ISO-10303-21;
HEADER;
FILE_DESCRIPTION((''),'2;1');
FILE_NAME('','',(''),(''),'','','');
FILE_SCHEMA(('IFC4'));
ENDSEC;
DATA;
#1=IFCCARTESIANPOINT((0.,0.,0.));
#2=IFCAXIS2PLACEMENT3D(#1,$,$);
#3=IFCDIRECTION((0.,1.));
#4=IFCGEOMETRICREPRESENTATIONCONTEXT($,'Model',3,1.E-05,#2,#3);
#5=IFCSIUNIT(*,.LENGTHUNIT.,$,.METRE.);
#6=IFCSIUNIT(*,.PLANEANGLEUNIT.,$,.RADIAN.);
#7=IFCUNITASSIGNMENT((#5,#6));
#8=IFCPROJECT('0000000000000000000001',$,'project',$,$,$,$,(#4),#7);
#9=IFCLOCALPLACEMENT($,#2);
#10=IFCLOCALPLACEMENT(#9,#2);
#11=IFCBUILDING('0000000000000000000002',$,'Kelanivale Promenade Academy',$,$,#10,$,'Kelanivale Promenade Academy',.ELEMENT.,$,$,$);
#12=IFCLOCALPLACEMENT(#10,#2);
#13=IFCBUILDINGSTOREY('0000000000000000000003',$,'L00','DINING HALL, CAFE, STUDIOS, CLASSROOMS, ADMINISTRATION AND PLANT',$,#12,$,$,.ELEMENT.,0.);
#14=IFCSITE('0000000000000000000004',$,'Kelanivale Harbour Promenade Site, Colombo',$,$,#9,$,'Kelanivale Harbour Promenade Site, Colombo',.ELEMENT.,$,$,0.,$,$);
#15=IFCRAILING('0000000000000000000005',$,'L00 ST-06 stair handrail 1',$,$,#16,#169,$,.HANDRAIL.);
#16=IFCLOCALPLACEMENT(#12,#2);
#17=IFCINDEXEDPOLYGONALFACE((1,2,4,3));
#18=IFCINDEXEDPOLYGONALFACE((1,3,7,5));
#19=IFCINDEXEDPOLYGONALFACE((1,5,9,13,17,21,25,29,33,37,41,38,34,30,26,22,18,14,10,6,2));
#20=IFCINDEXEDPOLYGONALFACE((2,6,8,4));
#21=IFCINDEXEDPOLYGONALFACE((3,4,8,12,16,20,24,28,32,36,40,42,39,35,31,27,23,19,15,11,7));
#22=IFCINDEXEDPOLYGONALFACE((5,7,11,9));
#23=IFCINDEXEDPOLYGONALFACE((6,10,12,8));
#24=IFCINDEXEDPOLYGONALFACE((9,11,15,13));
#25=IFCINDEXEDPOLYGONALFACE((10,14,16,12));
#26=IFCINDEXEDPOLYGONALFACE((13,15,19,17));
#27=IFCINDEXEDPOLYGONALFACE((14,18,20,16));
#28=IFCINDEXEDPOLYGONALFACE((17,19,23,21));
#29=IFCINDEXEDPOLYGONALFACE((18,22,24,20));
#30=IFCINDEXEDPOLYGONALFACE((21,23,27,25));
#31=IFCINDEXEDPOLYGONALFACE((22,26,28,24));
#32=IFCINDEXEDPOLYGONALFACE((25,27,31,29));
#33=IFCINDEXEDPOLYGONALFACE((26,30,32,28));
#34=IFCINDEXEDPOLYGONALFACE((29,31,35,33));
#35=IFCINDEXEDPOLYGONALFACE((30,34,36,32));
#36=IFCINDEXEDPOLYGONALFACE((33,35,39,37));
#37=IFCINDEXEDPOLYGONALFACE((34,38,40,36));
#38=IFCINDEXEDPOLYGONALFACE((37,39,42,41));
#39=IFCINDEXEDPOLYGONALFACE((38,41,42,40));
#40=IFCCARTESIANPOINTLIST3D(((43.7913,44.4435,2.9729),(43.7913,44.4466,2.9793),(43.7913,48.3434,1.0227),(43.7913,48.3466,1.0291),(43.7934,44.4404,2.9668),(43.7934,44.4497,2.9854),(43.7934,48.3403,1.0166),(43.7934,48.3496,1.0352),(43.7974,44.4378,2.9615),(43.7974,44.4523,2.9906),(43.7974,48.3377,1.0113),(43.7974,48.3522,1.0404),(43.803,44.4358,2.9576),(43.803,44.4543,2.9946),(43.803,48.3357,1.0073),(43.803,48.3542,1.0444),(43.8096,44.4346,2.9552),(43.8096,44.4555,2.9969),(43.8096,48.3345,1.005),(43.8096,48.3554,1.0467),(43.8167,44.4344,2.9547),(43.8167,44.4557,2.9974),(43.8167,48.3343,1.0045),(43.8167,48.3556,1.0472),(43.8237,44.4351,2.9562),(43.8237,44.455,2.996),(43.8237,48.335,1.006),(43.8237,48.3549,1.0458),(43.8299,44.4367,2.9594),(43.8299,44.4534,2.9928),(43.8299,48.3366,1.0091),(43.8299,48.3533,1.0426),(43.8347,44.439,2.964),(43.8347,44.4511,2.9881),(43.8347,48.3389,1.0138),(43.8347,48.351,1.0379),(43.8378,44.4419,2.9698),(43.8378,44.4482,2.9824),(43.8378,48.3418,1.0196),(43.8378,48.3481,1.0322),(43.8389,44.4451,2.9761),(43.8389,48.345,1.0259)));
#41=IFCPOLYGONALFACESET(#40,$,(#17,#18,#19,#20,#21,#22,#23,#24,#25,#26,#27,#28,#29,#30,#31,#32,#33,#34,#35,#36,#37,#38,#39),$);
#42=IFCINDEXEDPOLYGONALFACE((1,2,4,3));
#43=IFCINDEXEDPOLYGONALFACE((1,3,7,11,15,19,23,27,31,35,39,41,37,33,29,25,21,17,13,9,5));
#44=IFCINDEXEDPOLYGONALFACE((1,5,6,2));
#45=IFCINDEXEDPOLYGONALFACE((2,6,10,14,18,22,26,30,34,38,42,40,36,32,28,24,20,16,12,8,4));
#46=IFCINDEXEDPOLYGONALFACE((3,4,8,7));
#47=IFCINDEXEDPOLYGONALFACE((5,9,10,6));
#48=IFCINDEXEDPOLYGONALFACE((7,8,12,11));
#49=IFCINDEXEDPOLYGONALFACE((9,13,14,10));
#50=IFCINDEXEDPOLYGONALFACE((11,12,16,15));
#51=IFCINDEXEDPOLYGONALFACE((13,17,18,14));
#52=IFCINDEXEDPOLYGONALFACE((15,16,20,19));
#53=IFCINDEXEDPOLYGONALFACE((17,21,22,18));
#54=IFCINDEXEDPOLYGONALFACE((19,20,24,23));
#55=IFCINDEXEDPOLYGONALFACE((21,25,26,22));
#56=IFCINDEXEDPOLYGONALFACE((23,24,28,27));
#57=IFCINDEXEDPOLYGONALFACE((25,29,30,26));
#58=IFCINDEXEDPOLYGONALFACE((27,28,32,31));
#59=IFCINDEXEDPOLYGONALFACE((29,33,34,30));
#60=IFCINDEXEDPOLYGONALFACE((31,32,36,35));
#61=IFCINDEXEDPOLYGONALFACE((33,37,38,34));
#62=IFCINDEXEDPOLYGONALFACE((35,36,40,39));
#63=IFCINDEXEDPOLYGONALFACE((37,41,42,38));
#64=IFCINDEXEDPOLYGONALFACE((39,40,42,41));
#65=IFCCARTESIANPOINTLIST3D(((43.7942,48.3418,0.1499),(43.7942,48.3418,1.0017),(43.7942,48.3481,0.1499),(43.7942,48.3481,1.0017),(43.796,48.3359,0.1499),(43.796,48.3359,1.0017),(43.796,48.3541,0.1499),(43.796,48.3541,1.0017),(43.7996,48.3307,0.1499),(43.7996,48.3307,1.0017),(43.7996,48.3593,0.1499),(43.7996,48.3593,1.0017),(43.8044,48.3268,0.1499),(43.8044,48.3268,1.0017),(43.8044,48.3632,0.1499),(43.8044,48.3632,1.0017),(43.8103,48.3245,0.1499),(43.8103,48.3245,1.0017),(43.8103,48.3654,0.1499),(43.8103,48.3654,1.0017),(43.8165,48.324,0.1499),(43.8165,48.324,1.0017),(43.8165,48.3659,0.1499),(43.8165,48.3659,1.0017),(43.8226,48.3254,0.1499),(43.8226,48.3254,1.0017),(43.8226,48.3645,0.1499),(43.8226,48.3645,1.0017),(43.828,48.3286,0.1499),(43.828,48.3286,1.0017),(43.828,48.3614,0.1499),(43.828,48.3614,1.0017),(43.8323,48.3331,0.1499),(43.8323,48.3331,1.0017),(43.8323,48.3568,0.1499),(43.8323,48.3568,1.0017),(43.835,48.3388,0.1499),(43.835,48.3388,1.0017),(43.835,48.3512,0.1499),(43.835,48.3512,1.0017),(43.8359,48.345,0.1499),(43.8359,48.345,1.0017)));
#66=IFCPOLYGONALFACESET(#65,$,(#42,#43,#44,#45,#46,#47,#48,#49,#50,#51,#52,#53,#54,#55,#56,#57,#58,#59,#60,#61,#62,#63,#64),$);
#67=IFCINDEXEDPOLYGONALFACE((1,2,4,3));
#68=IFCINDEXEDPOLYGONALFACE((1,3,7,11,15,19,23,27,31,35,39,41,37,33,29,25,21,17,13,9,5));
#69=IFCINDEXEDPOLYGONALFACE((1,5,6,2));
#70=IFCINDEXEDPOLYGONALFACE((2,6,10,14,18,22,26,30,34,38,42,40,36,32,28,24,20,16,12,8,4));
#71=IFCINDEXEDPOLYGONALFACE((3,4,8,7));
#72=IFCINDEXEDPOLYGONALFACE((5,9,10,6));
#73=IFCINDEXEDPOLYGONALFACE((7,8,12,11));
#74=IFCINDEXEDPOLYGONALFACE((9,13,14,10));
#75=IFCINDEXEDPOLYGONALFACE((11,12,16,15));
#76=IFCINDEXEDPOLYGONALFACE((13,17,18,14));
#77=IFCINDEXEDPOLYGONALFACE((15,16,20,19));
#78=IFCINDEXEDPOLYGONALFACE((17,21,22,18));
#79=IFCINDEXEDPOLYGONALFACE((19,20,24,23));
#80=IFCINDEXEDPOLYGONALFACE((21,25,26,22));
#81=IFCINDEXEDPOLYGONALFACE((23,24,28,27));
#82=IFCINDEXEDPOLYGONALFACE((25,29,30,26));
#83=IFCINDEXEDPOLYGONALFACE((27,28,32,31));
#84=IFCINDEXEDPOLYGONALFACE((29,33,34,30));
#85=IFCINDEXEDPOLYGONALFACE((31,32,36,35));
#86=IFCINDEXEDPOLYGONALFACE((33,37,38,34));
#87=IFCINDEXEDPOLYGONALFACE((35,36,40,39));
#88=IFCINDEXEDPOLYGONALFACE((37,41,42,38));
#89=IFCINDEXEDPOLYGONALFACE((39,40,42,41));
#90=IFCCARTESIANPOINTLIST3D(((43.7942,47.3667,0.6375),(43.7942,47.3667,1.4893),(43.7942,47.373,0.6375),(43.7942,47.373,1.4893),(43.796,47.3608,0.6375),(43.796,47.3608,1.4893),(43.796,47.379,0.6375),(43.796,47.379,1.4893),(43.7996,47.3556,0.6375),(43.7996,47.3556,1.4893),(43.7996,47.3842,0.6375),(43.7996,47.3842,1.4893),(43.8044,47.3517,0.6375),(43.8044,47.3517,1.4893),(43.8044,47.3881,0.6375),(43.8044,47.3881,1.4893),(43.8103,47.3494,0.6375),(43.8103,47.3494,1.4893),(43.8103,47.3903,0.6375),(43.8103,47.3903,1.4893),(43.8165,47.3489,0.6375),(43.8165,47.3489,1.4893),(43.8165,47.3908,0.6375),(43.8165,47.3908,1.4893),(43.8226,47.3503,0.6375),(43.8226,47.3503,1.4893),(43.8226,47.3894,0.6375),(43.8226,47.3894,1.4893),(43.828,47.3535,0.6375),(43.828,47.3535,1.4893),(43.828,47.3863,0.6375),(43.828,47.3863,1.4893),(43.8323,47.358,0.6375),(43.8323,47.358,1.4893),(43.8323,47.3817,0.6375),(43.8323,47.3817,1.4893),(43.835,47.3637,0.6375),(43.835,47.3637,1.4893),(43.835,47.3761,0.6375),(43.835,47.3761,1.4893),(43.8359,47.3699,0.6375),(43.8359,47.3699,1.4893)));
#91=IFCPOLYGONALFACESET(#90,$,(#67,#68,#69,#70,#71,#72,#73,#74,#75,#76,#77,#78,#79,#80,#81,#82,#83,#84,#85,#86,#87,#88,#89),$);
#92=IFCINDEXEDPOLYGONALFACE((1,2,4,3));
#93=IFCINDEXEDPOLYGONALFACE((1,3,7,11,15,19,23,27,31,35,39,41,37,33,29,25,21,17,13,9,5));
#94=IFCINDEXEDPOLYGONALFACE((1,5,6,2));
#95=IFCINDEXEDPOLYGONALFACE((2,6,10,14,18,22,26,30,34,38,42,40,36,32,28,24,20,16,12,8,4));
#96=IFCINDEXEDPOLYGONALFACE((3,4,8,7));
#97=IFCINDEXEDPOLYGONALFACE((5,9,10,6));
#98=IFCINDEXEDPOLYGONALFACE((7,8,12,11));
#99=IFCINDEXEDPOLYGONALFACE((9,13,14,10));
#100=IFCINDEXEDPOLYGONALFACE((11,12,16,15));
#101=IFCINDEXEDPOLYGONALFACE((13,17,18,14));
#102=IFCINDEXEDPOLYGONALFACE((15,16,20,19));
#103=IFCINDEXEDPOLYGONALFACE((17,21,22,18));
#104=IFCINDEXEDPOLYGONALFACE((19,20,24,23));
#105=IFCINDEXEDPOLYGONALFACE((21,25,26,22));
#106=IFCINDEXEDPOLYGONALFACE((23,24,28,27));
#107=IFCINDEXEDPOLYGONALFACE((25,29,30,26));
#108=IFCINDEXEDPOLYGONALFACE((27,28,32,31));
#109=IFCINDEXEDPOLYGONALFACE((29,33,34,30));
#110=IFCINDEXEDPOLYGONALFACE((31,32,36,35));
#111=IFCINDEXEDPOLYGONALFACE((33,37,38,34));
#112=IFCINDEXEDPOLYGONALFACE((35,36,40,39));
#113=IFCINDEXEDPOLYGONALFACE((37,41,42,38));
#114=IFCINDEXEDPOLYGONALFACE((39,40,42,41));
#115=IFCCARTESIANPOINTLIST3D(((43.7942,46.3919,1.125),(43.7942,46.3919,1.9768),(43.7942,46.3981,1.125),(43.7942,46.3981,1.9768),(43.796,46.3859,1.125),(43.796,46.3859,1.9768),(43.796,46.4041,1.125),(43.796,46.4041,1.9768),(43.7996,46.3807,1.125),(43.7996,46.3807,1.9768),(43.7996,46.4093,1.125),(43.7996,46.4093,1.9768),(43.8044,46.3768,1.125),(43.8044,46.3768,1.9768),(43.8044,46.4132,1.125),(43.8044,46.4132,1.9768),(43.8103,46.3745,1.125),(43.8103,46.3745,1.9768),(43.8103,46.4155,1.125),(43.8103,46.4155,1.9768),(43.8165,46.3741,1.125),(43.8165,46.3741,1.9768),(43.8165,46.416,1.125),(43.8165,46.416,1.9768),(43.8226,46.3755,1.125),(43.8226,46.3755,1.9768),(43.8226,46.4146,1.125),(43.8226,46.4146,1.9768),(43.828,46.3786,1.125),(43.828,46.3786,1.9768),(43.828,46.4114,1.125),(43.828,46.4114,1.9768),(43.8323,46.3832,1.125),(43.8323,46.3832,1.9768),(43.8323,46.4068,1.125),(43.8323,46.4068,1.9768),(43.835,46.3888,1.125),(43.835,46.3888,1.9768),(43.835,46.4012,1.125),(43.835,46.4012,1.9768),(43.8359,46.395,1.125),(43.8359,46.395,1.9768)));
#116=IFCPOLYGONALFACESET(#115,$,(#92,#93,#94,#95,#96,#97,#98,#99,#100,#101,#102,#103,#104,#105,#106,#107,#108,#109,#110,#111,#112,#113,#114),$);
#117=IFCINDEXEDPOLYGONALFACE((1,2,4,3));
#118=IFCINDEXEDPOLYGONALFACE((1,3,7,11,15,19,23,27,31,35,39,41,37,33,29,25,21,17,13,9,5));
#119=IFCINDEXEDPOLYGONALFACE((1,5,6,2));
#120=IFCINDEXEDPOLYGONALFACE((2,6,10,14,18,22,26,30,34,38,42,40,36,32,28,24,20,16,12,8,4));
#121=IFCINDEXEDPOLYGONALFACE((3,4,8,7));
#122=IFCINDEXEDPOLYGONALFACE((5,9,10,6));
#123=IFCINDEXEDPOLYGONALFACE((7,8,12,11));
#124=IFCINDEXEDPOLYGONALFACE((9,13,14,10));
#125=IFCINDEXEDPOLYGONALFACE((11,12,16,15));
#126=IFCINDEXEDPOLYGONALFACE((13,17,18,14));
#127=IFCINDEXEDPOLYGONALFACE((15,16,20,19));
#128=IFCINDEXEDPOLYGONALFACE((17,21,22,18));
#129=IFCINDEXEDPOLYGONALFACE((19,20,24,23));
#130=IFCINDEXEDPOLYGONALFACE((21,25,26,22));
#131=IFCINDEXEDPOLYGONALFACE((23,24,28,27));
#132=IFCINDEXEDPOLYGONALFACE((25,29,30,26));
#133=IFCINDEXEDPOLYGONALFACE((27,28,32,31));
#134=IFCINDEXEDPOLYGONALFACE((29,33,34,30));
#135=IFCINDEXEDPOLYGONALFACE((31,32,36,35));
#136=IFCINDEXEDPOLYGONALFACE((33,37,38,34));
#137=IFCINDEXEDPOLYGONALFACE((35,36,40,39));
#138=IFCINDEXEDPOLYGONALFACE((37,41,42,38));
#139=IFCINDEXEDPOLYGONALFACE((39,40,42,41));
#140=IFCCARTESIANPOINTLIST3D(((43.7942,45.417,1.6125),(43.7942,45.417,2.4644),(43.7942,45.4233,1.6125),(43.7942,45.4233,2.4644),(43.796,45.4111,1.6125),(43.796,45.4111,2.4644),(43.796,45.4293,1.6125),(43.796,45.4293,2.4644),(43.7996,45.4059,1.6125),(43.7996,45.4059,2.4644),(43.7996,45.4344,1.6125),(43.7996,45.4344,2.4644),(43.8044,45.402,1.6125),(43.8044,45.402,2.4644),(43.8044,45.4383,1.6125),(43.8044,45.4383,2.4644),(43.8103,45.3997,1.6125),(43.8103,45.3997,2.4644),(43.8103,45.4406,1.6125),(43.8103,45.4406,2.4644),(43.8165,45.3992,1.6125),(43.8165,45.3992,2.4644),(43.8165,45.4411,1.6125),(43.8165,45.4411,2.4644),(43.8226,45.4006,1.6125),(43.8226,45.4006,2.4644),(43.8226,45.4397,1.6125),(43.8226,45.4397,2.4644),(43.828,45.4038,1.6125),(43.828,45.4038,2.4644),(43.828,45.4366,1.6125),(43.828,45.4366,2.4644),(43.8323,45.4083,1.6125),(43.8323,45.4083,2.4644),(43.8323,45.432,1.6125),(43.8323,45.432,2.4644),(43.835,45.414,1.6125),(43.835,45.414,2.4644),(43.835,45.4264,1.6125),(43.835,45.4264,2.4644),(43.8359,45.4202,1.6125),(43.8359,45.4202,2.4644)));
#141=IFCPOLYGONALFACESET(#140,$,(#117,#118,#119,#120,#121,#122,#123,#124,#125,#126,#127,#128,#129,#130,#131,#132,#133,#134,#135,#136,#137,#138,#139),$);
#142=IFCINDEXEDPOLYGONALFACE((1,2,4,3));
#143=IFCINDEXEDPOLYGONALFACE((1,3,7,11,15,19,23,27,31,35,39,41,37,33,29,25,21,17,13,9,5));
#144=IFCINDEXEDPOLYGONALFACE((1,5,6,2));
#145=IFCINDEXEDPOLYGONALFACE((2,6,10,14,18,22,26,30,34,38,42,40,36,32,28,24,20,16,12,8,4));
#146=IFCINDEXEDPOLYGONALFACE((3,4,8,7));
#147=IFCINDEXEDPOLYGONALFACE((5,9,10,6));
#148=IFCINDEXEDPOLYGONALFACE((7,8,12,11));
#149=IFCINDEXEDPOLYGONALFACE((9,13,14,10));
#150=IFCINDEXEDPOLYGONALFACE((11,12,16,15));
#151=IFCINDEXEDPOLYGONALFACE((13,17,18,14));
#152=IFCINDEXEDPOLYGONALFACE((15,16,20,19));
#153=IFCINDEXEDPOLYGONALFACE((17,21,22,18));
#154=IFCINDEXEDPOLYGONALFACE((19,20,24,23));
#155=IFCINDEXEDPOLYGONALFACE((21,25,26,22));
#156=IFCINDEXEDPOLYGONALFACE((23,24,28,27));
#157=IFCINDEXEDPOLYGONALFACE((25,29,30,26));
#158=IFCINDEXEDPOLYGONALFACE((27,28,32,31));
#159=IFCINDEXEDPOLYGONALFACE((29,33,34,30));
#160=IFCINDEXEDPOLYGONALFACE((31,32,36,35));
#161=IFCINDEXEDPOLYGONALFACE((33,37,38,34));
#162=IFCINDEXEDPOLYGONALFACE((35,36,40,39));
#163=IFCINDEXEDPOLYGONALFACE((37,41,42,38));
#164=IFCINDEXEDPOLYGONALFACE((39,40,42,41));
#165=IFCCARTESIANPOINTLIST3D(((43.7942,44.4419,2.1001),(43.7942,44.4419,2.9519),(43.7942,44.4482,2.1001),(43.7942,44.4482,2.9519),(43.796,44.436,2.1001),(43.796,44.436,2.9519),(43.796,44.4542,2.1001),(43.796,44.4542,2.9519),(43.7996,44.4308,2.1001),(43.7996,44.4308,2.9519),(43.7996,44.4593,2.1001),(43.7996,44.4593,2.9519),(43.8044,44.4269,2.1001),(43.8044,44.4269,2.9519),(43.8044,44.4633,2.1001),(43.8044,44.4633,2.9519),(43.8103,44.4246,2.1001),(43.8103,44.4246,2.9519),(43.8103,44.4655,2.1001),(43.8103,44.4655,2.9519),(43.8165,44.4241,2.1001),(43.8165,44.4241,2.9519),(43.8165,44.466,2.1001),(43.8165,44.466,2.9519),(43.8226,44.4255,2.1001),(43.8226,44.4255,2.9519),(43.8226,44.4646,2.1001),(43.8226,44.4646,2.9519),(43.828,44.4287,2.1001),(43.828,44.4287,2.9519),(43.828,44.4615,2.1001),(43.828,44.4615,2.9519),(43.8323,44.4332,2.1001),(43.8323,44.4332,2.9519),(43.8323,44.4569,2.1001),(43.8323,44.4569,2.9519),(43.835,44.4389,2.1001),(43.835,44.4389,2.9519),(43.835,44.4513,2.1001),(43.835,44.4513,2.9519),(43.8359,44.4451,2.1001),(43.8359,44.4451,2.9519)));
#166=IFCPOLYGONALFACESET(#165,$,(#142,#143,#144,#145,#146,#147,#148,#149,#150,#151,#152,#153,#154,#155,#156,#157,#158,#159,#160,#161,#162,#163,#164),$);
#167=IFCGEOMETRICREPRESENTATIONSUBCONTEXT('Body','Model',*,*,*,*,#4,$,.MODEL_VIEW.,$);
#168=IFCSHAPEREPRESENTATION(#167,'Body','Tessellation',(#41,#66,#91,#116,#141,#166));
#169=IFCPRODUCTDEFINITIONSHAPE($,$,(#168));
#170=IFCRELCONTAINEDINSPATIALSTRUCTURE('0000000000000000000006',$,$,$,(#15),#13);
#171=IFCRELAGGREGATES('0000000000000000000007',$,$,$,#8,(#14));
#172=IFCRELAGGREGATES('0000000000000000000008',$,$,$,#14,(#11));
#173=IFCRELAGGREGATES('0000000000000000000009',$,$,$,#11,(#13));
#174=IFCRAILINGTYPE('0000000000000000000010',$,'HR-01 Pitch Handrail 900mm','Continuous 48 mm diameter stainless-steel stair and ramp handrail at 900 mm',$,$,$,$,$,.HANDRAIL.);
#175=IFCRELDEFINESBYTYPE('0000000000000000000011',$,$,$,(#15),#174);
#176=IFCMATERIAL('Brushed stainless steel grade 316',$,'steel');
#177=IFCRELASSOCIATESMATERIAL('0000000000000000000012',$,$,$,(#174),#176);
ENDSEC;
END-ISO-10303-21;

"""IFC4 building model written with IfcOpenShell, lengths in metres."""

from ifc_helpers import new_model, si_unit, direction, frame, origin, origin_2d, place, context, subcontext, project, spatial, circle, extrude, material, type_object, element, save


model = new_model("IFC4")

# Units and contexts
model_context = context("Model", 3, precision=1e-05, world=origin(), true_north=direction((0.0, 1.0)))
body_context = subcontext(model_context, "Body", "Model", "MODEL_VIEW")
ifc_project = project(units=[si_unit("LENGTHUNIT", "METRE"), si_unit("PLANEANGLEUNIT", "RADIAN")], contexts=[model_context])

# Site, building, storey
site_placement = place(None, origin())
site = spatial("IfcSite", under=ifc_project, at=site_placement, Name="Kelanivale Harbour Promenade Site, Colombo", LongName="Kelanivale Harbour Promenade Site, Colombo", CompositionType="ELEMENT", RefElevation=0.0)
building_placement = place(site_placement, origin())
building = spatial("IfcBuilding", under=site, at=building_placement, Name="Kelanivale Promenade Academy", LongName="Kelanivale Promenade Academy", CompositionType="ELEMENT")
storey_placement = place(building_placement, origin())
storey = spatial("IfcBuildingStorey", under=building, at=storey_placement, Name="L00", Description="DINING HALL, CAFE, STUDIOS, CLASSROOMS, ADMINISTRATION AND PLANT", CompositionType="ELEMENT", Elevation=0.0)

# Railing
ifc_material_1 = material(Name="Brushed stainless steel grade 316", Category="steel")
railing_type_1 = type_object("IfcRailingType", Name="HR-01 Pitch Handrail 900mm", Description="Continuous 48 mm diameter stainless-steel stair and ramp handrail at 900 mm", PredefinedType="HANDRAIL", material=ifc_material_1)
railing_1_placement = place(storey_placement, frame((43.8149, 48.345, 0.1499)))
element("IfcRailing", 1, at=railing_1_placement, inside=storey, type_object=railing_type_1, Name="L00 ST-06 stair handrail 1", PredefinedType="HANDRAIL", context=body_context, shape_type="SweptSolid", body=[
    extrude(circle(Radius=0.0239, at=origin_2d()), frame((0.0, 0.0, 0.876), z_axis=(0.0, -0.894405, 0.447258), x_axis=(1.0, 0.0, 0.0)), (0.0, 0.0, 1.0), 4.3604),
    extrude(circle(Radius=0.021, at=origin_2d()), origin(), (0.0, 0.0, 1.0), 0.8518),
    extrude(circle(Radius=0.021, at=origin_2d()), frame((0.0, -0.9751, 0.4875)), (0.0, 0.0, 1.0), 0.8518),
    extrude(circle(Radius=0.021, at=origin_2d()), frame((0.0, -1.95, 0.9751)), (0.0, 0.0, 1.0), 0.8518),
    extrude(circle(Radius=0.021, at=origin_2d()), frame((0.0, -2.9248, 1.4626)), (0.0, 0.0, 1.0), 0.8518),
    extrude(circle(Radius=0.021, at=origin_2d()), frame((0.0, -3.8999, 1.9502)), (0.0, 0.0, 1.0), 0.8518),
])

save(model, "model.ifc")
